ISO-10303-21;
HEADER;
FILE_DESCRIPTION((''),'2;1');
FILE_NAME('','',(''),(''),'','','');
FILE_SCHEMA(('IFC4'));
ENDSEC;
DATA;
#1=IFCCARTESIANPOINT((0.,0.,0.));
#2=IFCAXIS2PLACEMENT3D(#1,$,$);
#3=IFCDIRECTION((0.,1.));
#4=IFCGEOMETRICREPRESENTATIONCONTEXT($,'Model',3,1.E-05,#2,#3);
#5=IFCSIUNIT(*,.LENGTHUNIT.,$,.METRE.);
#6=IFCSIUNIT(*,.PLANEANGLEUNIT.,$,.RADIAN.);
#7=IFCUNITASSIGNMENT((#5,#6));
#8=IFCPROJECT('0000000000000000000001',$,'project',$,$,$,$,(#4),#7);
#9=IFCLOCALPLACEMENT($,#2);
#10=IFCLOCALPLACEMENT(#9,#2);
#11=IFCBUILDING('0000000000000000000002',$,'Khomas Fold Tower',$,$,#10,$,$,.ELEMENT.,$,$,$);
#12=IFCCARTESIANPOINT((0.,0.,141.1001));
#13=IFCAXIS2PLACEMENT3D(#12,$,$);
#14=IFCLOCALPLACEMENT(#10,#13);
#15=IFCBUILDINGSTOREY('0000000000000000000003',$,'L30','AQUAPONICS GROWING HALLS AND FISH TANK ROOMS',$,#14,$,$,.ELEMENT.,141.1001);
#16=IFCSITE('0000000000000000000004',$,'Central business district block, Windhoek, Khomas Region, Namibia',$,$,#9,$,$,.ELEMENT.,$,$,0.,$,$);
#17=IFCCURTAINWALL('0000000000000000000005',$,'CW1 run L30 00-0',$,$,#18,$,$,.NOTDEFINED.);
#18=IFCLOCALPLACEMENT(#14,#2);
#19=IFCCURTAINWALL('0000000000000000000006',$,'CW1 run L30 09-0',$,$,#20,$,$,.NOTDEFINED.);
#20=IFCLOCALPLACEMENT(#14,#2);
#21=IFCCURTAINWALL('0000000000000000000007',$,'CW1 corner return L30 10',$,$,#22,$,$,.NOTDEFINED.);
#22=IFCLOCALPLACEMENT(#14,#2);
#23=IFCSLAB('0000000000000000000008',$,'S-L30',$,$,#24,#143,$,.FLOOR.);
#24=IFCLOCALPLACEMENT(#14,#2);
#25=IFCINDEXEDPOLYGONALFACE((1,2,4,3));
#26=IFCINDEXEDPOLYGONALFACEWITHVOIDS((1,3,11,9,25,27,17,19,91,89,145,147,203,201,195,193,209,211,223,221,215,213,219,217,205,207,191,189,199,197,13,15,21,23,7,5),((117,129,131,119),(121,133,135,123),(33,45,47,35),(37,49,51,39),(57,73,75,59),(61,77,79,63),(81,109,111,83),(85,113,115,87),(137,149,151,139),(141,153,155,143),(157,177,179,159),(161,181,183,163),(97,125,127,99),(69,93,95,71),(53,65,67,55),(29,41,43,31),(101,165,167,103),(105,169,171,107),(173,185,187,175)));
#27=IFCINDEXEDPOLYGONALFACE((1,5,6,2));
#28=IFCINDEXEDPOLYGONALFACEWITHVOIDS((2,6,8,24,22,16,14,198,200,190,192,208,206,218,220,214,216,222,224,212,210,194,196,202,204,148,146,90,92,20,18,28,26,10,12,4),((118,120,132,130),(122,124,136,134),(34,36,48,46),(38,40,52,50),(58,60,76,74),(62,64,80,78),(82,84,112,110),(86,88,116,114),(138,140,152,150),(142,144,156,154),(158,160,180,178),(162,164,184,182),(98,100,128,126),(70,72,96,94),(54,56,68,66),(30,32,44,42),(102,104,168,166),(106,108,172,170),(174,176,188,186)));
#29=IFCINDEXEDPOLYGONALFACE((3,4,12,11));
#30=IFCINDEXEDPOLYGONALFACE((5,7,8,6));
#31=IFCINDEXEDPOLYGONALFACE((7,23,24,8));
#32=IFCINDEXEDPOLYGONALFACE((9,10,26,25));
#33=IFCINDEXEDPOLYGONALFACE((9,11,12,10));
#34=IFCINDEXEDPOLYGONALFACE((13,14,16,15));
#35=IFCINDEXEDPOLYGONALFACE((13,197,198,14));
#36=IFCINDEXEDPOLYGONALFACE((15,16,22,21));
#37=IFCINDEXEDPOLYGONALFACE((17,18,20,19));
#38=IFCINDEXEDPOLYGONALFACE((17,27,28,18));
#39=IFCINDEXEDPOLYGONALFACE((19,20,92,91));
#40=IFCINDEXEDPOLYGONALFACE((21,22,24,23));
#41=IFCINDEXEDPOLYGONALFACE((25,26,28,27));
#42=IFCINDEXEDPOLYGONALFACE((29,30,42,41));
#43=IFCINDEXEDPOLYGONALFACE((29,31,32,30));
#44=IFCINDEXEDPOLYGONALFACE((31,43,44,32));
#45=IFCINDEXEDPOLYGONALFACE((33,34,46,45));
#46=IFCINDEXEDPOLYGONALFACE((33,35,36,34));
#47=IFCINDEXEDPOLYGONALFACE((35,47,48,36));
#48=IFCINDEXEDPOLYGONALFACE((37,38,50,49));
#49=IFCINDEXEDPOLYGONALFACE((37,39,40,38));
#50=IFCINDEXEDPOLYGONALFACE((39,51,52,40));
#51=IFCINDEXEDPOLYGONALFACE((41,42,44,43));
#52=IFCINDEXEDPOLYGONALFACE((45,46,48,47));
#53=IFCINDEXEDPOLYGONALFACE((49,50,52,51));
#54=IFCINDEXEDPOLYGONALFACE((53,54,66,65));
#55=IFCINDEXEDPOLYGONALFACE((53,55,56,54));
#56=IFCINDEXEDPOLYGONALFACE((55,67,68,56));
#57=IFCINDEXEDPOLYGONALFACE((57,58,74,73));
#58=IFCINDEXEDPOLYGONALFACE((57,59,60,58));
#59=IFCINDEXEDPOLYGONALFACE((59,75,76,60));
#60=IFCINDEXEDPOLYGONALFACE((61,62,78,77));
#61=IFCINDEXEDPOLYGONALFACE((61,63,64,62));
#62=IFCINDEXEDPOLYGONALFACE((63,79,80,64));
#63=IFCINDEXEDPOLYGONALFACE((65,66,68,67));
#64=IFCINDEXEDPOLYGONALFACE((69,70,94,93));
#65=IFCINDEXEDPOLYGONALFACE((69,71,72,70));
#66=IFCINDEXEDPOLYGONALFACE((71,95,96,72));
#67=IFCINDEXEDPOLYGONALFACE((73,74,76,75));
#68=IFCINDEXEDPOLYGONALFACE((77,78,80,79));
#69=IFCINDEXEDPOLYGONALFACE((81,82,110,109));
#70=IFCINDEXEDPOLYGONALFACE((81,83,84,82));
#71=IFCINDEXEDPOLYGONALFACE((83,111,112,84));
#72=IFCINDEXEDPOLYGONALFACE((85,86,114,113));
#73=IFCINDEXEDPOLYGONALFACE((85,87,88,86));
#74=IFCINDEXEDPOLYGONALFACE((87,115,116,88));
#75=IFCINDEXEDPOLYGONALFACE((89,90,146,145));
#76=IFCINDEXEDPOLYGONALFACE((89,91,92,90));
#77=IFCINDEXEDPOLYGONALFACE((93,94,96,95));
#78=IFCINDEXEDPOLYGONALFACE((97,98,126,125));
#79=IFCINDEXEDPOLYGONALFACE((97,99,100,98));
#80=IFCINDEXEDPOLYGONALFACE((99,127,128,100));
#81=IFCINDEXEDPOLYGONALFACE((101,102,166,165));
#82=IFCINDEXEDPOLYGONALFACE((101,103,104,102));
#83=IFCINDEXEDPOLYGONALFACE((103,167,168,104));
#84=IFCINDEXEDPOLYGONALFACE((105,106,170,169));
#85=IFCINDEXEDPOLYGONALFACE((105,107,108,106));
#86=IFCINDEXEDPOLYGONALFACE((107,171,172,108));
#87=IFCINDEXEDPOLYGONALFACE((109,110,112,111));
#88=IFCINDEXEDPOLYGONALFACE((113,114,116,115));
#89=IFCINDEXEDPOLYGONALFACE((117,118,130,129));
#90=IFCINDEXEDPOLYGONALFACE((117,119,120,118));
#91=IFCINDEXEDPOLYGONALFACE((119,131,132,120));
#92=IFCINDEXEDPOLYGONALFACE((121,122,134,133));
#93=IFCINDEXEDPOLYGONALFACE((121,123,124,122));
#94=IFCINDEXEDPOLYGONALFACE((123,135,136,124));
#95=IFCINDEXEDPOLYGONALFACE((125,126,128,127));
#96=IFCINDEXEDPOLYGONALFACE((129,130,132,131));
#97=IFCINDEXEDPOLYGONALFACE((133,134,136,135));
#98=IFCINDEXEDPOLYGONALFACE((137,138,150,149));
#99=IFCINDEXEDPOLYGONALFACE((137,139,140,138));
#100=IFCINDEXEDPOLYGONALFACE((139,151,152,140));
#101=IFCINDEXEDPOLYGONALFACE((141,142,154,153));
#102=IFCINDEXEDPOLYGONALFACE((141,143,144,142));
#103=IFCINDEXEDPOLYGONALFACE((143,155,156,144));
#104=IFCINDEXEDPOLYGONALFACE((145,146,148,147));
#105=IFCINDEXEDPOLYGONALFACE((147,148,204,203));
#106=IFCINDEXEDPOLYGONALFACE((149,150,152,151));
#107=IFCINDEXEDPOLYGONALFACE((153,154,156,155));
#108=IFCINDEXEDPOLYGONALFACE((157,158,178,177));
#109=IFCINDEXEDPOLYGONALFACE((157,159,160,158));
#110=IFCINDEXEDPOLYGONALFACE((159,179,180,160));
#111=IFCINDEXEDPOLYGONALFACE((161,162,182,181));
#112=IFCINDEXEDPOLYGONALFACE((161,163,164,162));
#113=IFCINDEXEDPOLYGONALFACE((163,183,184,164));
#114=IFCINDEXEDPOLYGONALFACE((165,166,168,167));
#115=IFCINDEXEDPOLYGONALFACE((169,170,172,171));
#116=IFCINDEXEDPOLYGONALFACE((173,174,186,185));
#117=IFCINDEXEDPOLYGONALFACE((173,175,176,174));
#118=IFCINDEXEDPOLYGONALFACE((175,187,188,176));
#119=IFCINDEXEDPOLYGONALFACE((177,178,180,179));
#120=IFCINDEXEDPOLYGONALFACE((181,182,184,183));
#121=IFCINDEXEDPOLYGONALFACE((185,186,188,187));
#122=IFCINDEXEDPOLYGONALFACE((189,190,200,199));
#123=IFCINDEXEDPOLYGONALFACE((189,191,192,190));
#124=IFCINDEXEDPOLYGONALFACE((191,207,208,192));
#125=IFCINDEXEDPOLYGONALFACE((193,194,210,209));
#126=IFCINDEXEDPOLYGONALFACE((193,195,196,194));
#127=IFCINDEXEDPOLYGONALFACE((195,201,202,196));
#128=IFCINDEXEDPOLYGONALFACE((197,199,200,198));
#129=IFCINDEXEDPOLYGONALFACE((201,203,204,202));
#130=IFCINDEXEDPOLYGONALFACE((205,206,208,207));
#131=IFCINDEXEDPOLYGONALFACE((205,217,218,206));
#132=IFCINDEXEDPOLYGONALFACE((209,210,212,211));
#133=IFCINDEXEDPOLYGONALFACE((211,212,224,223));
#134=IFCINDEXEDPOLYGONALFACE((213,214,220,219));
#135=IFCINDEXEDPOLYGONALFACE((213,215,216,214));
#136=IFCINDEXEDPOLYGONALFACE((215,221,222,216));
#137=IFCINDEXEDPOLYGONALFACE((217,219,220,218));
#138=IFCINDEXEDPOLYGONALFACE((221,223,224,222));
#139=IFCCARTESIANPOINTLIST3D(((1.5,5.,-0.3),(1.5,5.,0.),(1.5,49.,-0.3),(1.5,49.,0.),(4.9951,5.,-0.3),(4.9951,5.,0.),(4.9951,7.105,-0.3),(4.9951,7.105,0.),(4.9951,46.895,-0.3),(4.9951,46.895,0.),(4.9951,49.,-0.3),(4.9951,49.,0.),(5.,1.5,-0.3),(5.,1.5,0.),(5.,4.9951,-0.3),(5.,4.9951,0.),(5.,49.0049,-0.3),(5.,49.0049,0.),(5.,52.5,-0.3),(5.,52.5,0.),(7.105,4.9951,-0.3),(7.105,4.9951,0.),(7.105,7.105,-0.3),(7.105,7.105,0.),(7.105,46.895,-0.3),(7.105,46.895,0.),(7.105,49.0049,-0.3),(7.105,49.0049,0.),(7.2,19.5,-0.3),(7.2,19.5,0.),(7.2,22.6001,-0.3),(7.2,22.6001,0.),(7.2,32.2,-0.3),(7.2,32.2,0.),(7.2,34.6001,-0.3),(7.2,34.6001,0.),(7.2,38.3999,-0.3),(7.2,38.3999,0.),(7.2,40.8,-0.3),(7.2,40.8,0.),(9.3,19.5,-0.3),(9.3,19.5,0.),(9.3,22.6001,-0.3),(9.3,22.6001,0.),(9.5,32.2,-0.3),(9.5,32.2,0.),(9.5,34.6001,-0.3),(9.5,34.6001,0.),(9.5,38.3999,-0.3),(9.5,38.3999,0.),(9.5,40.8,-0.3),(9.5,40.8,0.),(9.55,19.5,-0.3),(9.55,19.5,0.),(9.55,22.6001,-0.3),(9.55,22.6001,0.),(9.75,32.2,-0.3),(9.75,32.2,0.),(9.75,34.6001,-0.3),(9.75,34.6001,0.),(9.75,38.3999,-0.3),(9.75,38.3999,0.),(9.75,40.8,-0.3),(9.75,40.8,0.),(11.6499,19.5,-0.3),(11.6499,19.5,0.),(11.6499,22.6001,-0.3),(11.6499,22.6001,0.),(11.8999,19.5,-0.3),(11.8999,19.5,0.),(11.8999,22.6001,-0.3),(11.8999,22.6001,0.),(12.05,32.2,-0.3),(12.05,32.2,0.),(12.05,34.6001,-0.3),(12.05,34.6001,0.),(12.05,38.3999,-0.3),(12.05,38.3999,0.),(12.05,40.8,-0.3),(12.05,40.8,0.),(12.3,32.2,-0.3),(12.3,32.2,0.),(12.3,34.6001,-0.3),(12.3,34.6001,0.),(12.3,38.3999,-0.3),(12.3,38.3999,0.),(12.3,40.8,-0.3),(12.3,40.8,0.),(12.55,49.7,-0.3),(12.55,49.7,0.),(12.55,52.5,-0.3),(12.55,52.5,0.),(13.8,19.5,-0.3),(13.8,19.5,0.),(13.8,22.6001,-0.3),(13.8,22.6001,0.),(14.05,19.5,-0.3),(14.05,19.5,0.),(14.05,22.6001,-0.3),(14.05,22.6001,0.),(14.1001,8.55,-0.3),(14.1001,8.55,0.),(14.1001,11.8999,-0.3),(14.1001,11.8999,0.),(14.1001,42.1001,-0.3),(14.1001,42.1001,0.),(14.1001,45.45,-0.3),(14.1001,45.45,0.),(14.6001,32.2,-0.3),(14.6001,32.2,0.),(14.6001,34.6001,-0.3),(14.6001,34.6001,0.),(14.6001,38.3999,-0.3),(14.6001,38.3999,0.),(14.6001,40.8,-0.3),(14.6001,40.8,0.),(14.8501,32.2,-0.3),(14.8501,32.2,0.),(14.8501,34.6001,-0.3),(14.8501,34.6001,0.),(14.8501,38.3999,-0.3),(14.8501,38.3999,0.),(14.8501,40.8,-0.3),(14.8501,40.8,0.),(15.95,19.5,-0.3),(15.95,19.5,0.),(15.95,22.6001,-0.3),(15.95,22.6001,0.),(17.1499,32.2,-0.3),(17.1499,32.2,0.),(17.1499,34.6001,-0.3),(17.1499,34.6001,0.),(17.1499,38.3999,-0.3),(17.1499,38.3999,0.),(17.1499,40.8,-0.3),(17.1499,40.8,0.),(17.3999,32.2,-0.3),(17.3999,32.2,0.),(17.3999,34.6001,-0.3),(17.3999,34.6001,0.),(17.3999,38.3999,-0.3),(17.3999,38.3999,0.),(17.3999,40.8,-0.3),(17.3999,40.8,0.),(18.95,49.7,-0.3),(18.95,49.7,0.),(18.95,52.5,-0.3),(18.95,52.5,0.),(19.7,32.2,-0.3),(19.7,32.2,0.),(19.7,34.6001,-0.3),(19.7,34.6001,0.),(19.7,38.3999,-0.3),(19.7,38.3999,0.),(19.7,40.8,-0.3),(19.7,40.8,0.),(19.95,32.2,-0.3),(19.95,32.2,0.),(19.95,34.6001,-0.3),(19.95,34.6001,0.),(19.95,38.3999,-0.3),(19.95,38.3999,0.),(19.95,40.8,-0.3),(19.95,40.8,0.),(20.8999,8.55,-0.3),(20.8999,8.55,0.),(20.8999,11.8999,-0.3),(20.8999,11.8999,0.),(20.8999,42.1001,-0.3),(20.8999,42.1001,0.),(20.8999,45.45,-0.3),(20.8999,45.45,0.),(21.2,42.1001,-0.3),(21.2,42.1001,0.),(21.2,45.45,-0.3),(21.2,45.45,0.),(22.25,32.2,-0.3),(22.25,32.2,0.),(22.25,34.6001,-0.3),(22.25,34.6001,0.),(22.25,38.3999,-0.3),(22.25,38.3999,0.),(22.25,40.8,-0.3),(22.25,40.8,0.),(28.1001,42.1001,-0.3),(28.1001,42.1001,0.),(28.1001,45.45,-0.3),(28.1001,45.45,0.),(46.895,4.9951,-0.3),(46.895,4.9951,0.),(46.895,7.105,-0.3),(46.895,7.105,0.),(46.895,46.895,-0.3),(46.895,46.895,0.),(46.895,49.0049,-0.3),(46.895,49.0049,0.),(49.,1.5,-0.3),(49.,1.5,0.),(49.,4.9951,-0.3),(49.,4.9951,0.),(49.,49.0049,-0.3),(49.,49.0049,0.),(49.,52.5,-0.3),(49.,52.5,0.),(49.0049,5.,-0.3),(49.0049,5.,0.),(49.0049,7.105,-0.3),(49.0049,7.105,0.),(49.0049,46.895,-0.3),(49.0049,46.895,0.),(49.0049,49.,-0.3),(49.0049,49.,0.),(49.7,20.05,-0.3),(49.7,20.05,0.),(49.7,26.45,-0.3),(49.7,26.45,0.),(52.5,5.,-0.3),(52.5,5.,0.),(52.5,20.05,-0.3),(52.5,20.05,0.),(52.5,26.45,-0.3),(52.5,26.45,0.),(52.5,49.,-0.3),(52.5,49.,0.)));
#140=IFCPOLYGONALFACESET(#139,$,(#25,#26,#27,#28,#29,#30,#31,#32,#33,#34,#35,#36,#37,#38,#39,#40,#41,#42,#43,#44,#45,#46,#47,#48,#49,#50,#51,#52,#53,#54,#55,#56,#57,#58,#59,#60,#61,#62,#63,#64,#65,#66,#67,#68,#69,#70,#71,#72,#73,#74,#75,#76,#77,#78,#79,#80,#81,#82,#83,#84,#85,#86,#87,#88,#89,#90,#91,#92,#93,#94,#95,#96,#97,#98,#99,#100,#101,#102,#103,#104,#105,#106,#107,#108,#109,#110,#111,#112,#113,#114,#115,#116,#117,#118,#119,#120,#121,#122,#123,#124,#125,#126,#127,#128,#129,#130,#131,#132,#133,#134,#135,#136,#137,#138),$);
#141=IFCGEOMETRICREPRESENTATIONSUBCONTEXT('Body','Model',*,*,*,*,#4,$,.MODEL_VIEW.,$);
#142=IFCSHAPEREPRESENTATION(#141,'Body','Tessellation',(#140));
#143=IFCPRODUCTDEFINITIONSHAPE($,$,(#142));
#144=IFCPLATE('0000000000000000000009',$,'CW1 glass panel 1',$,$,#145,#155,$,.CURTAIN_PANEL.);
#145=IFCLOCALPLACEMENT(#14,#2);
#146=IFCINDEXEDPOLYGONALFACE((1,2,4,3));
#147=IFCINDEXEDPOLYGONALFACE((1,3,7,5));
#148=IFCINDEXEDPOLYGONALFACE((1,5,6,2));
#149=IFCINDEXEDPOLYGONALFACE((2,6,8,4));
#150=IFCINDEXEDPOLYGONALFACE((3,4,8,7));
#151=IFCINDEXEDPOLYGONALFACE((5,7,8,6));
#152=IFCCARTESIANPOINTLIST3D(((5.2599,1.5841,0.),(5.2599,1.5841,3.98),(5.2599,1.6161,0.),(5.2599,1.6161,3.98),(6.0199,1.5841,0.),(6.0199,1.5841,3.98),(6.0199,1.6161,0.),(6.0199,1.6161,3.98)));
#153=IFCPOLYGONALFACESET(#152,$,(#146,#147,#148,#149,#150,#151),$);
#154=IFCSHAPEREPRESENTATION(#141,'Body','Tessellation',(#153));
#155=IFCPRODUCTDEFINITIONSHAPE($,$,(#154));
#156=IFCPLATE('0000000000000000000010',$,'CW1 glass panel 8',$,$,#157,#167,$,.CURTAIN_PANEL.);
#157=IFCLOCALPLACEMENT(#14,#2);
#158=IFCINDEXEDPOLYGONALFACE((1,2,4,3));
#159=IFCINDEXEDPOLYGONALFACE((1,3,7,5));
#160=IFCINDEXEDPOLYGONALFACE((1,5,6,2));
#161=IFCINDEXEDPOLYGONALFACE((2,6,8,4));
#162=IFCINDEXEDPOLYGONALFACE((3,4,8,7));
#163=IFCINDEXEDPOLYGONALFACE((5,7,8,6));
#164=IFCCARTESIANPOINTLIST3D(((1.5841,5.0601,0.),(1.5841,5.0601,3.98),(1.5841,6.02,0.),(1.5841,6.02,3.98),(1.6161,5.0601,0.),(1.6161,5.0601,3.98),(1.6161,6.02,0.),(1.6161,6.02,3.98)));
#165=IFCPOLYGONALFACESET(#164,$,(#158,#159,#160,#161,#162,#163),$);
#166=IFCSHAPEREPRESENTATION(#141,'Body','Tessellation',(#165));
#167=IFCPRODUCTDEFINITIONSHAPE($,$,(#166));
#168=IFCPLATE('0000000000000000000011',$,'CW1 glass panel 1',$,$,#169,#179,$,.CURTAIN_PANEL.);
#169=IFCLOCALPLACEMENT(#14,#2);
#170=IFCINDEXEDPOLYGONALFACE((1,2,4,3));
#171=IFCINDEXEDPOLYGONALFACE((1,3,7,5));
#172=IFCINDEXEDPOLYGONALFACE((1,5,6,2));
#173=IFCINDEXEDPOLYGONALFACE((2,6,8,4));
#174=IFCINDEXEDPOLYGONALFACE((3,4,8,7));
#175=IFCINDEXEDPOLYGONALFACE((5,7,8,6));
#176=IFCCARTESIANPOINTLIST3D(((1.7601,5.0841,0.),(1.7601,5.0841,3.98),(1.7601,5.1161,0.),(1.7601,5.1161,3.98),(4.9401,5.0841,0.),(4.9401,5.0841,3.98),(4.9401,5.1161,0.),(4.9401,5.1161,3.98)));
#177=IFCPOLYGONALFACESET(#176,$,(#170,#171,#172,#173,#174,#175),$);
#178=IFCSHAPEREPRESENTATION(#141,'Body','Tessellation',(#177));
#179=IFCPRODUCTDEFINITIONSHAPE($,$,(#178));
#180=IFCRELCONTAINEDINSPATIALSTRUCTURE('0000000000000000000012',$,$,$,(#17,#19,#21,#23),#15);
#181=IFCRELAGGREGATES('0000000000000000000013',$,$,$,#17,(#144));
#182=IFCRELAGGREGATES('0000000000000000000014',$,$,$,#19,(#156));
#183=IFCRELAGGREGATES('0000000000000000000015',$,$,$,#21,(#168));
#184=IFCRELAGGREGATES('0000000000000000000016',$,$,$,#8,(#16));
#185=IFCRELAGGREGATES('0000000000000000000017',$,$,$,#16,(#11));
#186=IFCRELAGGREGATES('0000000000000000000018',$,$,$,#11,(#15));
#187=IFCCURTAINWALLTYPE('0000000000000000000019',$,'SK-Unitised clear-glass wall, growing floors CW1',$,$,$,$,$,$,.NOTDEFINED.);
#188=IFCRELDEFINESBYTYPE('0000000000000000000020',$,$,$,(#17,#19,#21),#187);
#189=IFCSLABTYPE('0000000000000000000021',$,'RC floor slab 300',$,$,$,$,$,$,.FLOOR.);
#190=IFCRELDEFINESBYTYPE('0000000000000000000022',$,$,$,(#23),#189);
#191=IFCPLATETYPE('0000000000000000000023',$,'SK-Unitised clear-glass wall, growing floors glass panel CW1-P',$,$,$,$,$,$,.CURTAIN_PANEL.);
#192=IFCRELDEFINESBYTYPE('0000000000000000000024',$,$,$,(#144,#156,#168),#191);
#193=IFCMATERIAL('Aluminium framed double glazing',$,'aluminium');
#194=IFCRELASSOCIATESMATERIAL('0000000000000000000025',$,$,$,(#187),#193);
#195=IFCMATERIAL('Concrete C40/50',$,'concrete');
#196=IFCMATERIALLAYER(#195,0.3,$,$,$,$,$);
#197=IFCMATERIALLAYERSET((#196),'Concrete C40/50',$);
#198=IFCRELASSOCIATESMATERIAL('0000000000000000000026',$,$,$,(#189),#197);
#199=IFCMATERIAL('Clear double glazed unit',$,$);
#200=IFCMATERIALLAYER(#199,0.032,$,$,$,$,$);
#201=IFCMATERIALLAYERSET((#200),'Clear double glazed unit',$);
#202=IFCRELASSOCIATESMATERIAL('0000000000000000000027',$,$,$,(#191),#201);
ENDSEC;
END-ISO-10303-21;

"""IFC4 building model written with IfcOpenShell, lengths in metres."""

from ifc_helpers import new_model, si_unit, direction, frame, origin, origin_2d, place, context, subcontext, project, spatial, polyline, rectangle, outline, extrude, source, transform, mapped, material, layer, layer_set, type_object, element, aggregate, save


model = new_model("IFC4")

# Units and contexts
model_context = context("Model", 3, precision=1e-05, world=origin(), true_north=direction((0.0, 1.0)))
body_context = subcontext(model_context, "Body", "Model", "MODEL_VIEW")
ifc_project = project(units=[si_unit("LENGTHUNIT", "METRE"), si_unit("PLANEANGLEUNIT", "RADIAN")], contexts=[model_context])

# Site, building, storey
site_placement = place(None, origin())
site = spatial("IfcSite", under=ifc_project, at=site_placement, Name="Central business district block, Windhoek, Khomas Region, Namibia", CompositionType="ELEMENT", RefElevation=0.0)
building_placement = place(site_placement, origin())
building = spatial("IfcBuilding", under=site, at=building_placement, Name="Khomas Fold Tower", CompositionType="ELEMENT")
storey_placement = place(building_placement, frame((0.0, 0.0, 141.1001)))
storey = spatial("IfcBuildingStorey", under=building, at=storey_placement, Name="L30", Description="AQUAPONICS GROWING HALLS AND FISH TANK ROOMS", CompositionType="ELEMENT", Elevation=141.1001)

# Curtain walls
ifc_material_1 = material(Name="Aluminium framed double glazing", Category="aluminium")
curtain_wall_type = type_object("IfcCurtainWallType", Name="SK-Unitised clear-glass wall, growing floors CW1", PredefinedType="NOTDEFINED", material=ifc_material_1)
curtain_wall_1_placement = place(storey_placement, origin())
curtain_wall_1 = element("IfcCurtainWall", 1, at=curtain_wall_1_placement, inside=storey, type_object=curtain_wall_type, Name="CW1 run L30 00-0", PredefinedType="NOTDEFINED")
curtain_wall_2_placement = place(storey_placement, origin())
curtain_wall_2 = element("IfcCurtainWall", 2, at=curtain_wall_2_placement, inside=storey, type_object=curtain_wall_type, Name="CW1 run L30 09-0", PredefinedType="NOTDEFINED")
curtain_wall_3_placement = place(storey_placement, origin())
curtain_wall_3 = element("IfcCurtainWall", 3, at=curtain_wall_3_placement, inside=storey, type_object=curtain_wall_type, Name="CW1 corner return L30 10", PredefinedType="NOTDEFINED")

# Slab
ifc_material_2 = material(Name="Concrete C40/50", Category="concrete")
ifc_layer_1 = layer(ifc_material_2, 0.3)
ifc_layer_set_1 = layer_set([ifc_layer_1], Name="Concrete C40/50")
slab_type_1 = type_object("IfcSlabType", Name="RC floor slab 300", PredefinedType="FLOOR", material=ifc_layer_set_1)
shared_shape_1 = source(origin(), body_context, "Body", "SweptSolid", [
    extrude(outline(polyline([(1.5, 5.0), (4.9951, 5.0), (4.9951, 7.105), (7.105, 7.105), (7.105, 4.9951), (5.0, 4.9951), (5.0, 1.5), (49.0, 1.5), (49.0, 4.9951), (46.895, 4.9951), (46.895, 7.105), (49.0049, 7.105), (49.0049, 5.0), (52.5, 5.0), (52.5, 20.05), (49.7, 20.05), (49.7, 26.45), (52.5, 26.45), (52.5, 49.0), (49.0049, 49.0), (49.0049, 46.895), (46.895, 46.895), (46.895, 49.0049), (49.0, 49.0049), (49.0, 52.5), (18.95, 52.5), (18.95, 49.7), (12.55, 49.7), (12.55, 52.5), (5.0, 52.5), (5.0, 49.0049), (7.105, 49.0049), (7.105, 46.895), (4.9951, 46.895), (4.9951, 49.0), (1.5, 49.0), (1.5, 5.0)]), holes=[polyline([(7.2, 19.5), (7.2, 22.6001), (9.3, 22.6001), (9.3, 19.5), (7.2, 19.5)]), polyline([(7.2, 32.2), (7.2, 34.6001), (9.5, 34.6001), (9.5, 32.2), (7.2, 32.2)]), polyline([(7.2, 38.3999), (7.2, 40.8), (9.5, 40.8), (9.5, 38.3999), (7.2, 38.3999)]), polyline([(9.55, 19.5), (9.55, 22.6001), (11.6499, 22.6001), (11.6499, 19.5), (9.55, 19.5)]), polyline([(9.75, 32.2), (9.75, 34.6001), (12.05, 34.6001), (12.05, 32.2), (9.75, 32.2)]), polyline([(9.75, 38.3999), (9.75, 40.8), (12.05, 40.8), (12.05, 38.3999), (9.75, 38.3999)]), polyline([(11.8999, 19.5), (11.8999, 22.6001), (13.8, 22.6001), (13.8, 19.5), (11.8999, 19.5)]), polyline([(12.3, 32.2), (12.3, 34.6001), (14.6001, 34.6001), (14.6001, 32.2), (12.3, 32.2)]), polyline([(12.3, 38.3999), (12.3, 40.8), (14.6001, 40.8), (14.6001, 38.3999), (12.3, 38.3999)]), polyline([(14.05, 19.5), (14.05, 22.6001), (15.95, 22.6001), (15.95, 19.5), (14.05, 19.5)]), polyline([(14.1001, 8.55), (14.1001, 11.8999), (20.8999, 11.8999), (20.8999, 8.55), (14.1001, 8.55)]), polyline([(14.1001, 42.1001), (14.1001, 45.45), (20.8999, 45.45), (20.8999, 42.1001), (14.1001, 42.1001)]), polyline([(14.8501, 32.2), (14.8501, 34.6001), (17.1499, 34.6001), (17.1499, 32.2), (14.8501, 32.2)]), polyline([(14.8501, 38.3999), (14.8501, 40.8), (17.1499, 40.8), (17.1499, 38.3999), (14.8501, 38.3999)]), polyline([(17.3999, 32.2), (17.3999, 34.6001), (19.7, 34.6001), (19.7, 32.2), (17.3999, 32.2)]), polyline([(17.3999, 38.3999), (17.3999, 40.8), (19.7, 40.8), (19.7, 38.3999), (17.3999, 38.3999)]), polyline([(19.95, 32.2), (19.95, 34.6001), (22.25, 34.6001), (22.25, 32.2), (19.95, 32.2)]), polyline([(19.95, 38.3999), (19.95, 40.8), (22.25, 40.8), (22.25, 38.3999), (19.95, 38.3999)]), polyline([(21.2, 42.1001), (21.2, 45.45), (28.1001, 45.45), (28.1001, 42.1001), (21.2, 42.1001)])]), origin(), (0.0, 0.0, 1.0), 0.3),
])
slab_1_placement = place(storey_placement, frame((0.0, 0.0, -0.3)))
element("IfcSlab", 4, at=slab_1_placement, inside=storey, type_object=slab_type_1, Name="S-L30", PredefinedType="FLOOR", context=body_context, shape_type="MappedRepresentation", body=[
    mapped(shared_shape_1, transform((0.0, 0.0, 0.0))),
])

# Plates
ifc_material_3 = material(Name="Clear double glazed unit")
ifc_layer_2 = layer(ifc_material_3, 0.032)
ifc_layer_set_2 = layer_set([ifc_layer_2], Name="Clear double glazed unit")
plate_type_1 = type_object("IfcPlateType", Name="SK-Unitised clear-glass wall, growing floors glass panel CW1-P", PredefinedType="CURTAIN_PANEL", material=ifc_layer_set_2)
shared_shape_2 = source(origin(), body_context, "Body", "SweptSolid", [
    extrude(rectangle(XDim=0.76, YDim=0.032, at=origin_2d()), origin(), (0.0, 0.0, 1.0), 3.98),
])
plate_1_placement = place(storey_placement, frame((5.6399, 1.6001, 0.0), z_axis=(0.0, 0.0, 1.0), x_axis=(1.0, 0.0, 0.0)))
plate_1 = element("IfcPlate", 5, at=plate_1_placement, type_object=plate_type_1, Name="CW1 glass panel 1", PredefinedType="CURTAIN_PANEL", context=body_context, shape_type="MappedRepresentation", body=[
    mapped(shared_shape_2, transform((0.0, 0.0, 0.0))),
])
aggregate(curtain_wall_1, [plate_1])
shared_shape_3 = source(origin(), body_context, "Body", "SweptSolid", [
    extrude(rectangle(XDim=0.96, YDim=0.032, at=origin_2d()), origin(), (0.0, 0.0, 1.0), 3.98),
])
plate_2_placement = place(storey_placement, frame((1.6001, 5.54, 0.0), z_axis=(0.0, 0.0, 1.0), x_axis=(0.0, -1.0, 0.0)))
plate_2 = element("IfcPlate", 6, at=plate_2_placement, type_object=plate_type_1, Name="CW1 glass panel 8", PredefinedType="CURTAIN_PANEL", context=body_context, shape_type="MappedRepresentation", body=[
    mapped(shared_shape_3, transform((0.0, 0.0, 0.0))),
])
aggregate(curtain_wall_2, [plate_2])
shared_shape_4 = source(origin(), body_context, "Body", "SweptSolid", [
    extrude(rectangle(XDim=3.1799, YDim=0.032, at=origin_2d()), origin(), (0.0, 0.0, 1.0), 3.98),
])
plate_3_placement = place(storey_placement, frame((3.3501, 5.1001, 0.0), z_axis=(0.0, 0.0, 1.0), x_axis=(1.0, 0.0, 0.0)))
plate_3 = element("IfcPlate", 7, at=plate_3_placement, type_object=plate_type_1, Name="CW1 glass panel 1", PredefinedType="CURTAIN_PANEL", context=body_context, shape_type="MappedRepresentation", body=[
    mapped(shared_shape_4, transform((0.0, 0.0, 0.0))),
])
aggregate(curtain_wall_3, [plate_3])

save(model, "model.ifc")
